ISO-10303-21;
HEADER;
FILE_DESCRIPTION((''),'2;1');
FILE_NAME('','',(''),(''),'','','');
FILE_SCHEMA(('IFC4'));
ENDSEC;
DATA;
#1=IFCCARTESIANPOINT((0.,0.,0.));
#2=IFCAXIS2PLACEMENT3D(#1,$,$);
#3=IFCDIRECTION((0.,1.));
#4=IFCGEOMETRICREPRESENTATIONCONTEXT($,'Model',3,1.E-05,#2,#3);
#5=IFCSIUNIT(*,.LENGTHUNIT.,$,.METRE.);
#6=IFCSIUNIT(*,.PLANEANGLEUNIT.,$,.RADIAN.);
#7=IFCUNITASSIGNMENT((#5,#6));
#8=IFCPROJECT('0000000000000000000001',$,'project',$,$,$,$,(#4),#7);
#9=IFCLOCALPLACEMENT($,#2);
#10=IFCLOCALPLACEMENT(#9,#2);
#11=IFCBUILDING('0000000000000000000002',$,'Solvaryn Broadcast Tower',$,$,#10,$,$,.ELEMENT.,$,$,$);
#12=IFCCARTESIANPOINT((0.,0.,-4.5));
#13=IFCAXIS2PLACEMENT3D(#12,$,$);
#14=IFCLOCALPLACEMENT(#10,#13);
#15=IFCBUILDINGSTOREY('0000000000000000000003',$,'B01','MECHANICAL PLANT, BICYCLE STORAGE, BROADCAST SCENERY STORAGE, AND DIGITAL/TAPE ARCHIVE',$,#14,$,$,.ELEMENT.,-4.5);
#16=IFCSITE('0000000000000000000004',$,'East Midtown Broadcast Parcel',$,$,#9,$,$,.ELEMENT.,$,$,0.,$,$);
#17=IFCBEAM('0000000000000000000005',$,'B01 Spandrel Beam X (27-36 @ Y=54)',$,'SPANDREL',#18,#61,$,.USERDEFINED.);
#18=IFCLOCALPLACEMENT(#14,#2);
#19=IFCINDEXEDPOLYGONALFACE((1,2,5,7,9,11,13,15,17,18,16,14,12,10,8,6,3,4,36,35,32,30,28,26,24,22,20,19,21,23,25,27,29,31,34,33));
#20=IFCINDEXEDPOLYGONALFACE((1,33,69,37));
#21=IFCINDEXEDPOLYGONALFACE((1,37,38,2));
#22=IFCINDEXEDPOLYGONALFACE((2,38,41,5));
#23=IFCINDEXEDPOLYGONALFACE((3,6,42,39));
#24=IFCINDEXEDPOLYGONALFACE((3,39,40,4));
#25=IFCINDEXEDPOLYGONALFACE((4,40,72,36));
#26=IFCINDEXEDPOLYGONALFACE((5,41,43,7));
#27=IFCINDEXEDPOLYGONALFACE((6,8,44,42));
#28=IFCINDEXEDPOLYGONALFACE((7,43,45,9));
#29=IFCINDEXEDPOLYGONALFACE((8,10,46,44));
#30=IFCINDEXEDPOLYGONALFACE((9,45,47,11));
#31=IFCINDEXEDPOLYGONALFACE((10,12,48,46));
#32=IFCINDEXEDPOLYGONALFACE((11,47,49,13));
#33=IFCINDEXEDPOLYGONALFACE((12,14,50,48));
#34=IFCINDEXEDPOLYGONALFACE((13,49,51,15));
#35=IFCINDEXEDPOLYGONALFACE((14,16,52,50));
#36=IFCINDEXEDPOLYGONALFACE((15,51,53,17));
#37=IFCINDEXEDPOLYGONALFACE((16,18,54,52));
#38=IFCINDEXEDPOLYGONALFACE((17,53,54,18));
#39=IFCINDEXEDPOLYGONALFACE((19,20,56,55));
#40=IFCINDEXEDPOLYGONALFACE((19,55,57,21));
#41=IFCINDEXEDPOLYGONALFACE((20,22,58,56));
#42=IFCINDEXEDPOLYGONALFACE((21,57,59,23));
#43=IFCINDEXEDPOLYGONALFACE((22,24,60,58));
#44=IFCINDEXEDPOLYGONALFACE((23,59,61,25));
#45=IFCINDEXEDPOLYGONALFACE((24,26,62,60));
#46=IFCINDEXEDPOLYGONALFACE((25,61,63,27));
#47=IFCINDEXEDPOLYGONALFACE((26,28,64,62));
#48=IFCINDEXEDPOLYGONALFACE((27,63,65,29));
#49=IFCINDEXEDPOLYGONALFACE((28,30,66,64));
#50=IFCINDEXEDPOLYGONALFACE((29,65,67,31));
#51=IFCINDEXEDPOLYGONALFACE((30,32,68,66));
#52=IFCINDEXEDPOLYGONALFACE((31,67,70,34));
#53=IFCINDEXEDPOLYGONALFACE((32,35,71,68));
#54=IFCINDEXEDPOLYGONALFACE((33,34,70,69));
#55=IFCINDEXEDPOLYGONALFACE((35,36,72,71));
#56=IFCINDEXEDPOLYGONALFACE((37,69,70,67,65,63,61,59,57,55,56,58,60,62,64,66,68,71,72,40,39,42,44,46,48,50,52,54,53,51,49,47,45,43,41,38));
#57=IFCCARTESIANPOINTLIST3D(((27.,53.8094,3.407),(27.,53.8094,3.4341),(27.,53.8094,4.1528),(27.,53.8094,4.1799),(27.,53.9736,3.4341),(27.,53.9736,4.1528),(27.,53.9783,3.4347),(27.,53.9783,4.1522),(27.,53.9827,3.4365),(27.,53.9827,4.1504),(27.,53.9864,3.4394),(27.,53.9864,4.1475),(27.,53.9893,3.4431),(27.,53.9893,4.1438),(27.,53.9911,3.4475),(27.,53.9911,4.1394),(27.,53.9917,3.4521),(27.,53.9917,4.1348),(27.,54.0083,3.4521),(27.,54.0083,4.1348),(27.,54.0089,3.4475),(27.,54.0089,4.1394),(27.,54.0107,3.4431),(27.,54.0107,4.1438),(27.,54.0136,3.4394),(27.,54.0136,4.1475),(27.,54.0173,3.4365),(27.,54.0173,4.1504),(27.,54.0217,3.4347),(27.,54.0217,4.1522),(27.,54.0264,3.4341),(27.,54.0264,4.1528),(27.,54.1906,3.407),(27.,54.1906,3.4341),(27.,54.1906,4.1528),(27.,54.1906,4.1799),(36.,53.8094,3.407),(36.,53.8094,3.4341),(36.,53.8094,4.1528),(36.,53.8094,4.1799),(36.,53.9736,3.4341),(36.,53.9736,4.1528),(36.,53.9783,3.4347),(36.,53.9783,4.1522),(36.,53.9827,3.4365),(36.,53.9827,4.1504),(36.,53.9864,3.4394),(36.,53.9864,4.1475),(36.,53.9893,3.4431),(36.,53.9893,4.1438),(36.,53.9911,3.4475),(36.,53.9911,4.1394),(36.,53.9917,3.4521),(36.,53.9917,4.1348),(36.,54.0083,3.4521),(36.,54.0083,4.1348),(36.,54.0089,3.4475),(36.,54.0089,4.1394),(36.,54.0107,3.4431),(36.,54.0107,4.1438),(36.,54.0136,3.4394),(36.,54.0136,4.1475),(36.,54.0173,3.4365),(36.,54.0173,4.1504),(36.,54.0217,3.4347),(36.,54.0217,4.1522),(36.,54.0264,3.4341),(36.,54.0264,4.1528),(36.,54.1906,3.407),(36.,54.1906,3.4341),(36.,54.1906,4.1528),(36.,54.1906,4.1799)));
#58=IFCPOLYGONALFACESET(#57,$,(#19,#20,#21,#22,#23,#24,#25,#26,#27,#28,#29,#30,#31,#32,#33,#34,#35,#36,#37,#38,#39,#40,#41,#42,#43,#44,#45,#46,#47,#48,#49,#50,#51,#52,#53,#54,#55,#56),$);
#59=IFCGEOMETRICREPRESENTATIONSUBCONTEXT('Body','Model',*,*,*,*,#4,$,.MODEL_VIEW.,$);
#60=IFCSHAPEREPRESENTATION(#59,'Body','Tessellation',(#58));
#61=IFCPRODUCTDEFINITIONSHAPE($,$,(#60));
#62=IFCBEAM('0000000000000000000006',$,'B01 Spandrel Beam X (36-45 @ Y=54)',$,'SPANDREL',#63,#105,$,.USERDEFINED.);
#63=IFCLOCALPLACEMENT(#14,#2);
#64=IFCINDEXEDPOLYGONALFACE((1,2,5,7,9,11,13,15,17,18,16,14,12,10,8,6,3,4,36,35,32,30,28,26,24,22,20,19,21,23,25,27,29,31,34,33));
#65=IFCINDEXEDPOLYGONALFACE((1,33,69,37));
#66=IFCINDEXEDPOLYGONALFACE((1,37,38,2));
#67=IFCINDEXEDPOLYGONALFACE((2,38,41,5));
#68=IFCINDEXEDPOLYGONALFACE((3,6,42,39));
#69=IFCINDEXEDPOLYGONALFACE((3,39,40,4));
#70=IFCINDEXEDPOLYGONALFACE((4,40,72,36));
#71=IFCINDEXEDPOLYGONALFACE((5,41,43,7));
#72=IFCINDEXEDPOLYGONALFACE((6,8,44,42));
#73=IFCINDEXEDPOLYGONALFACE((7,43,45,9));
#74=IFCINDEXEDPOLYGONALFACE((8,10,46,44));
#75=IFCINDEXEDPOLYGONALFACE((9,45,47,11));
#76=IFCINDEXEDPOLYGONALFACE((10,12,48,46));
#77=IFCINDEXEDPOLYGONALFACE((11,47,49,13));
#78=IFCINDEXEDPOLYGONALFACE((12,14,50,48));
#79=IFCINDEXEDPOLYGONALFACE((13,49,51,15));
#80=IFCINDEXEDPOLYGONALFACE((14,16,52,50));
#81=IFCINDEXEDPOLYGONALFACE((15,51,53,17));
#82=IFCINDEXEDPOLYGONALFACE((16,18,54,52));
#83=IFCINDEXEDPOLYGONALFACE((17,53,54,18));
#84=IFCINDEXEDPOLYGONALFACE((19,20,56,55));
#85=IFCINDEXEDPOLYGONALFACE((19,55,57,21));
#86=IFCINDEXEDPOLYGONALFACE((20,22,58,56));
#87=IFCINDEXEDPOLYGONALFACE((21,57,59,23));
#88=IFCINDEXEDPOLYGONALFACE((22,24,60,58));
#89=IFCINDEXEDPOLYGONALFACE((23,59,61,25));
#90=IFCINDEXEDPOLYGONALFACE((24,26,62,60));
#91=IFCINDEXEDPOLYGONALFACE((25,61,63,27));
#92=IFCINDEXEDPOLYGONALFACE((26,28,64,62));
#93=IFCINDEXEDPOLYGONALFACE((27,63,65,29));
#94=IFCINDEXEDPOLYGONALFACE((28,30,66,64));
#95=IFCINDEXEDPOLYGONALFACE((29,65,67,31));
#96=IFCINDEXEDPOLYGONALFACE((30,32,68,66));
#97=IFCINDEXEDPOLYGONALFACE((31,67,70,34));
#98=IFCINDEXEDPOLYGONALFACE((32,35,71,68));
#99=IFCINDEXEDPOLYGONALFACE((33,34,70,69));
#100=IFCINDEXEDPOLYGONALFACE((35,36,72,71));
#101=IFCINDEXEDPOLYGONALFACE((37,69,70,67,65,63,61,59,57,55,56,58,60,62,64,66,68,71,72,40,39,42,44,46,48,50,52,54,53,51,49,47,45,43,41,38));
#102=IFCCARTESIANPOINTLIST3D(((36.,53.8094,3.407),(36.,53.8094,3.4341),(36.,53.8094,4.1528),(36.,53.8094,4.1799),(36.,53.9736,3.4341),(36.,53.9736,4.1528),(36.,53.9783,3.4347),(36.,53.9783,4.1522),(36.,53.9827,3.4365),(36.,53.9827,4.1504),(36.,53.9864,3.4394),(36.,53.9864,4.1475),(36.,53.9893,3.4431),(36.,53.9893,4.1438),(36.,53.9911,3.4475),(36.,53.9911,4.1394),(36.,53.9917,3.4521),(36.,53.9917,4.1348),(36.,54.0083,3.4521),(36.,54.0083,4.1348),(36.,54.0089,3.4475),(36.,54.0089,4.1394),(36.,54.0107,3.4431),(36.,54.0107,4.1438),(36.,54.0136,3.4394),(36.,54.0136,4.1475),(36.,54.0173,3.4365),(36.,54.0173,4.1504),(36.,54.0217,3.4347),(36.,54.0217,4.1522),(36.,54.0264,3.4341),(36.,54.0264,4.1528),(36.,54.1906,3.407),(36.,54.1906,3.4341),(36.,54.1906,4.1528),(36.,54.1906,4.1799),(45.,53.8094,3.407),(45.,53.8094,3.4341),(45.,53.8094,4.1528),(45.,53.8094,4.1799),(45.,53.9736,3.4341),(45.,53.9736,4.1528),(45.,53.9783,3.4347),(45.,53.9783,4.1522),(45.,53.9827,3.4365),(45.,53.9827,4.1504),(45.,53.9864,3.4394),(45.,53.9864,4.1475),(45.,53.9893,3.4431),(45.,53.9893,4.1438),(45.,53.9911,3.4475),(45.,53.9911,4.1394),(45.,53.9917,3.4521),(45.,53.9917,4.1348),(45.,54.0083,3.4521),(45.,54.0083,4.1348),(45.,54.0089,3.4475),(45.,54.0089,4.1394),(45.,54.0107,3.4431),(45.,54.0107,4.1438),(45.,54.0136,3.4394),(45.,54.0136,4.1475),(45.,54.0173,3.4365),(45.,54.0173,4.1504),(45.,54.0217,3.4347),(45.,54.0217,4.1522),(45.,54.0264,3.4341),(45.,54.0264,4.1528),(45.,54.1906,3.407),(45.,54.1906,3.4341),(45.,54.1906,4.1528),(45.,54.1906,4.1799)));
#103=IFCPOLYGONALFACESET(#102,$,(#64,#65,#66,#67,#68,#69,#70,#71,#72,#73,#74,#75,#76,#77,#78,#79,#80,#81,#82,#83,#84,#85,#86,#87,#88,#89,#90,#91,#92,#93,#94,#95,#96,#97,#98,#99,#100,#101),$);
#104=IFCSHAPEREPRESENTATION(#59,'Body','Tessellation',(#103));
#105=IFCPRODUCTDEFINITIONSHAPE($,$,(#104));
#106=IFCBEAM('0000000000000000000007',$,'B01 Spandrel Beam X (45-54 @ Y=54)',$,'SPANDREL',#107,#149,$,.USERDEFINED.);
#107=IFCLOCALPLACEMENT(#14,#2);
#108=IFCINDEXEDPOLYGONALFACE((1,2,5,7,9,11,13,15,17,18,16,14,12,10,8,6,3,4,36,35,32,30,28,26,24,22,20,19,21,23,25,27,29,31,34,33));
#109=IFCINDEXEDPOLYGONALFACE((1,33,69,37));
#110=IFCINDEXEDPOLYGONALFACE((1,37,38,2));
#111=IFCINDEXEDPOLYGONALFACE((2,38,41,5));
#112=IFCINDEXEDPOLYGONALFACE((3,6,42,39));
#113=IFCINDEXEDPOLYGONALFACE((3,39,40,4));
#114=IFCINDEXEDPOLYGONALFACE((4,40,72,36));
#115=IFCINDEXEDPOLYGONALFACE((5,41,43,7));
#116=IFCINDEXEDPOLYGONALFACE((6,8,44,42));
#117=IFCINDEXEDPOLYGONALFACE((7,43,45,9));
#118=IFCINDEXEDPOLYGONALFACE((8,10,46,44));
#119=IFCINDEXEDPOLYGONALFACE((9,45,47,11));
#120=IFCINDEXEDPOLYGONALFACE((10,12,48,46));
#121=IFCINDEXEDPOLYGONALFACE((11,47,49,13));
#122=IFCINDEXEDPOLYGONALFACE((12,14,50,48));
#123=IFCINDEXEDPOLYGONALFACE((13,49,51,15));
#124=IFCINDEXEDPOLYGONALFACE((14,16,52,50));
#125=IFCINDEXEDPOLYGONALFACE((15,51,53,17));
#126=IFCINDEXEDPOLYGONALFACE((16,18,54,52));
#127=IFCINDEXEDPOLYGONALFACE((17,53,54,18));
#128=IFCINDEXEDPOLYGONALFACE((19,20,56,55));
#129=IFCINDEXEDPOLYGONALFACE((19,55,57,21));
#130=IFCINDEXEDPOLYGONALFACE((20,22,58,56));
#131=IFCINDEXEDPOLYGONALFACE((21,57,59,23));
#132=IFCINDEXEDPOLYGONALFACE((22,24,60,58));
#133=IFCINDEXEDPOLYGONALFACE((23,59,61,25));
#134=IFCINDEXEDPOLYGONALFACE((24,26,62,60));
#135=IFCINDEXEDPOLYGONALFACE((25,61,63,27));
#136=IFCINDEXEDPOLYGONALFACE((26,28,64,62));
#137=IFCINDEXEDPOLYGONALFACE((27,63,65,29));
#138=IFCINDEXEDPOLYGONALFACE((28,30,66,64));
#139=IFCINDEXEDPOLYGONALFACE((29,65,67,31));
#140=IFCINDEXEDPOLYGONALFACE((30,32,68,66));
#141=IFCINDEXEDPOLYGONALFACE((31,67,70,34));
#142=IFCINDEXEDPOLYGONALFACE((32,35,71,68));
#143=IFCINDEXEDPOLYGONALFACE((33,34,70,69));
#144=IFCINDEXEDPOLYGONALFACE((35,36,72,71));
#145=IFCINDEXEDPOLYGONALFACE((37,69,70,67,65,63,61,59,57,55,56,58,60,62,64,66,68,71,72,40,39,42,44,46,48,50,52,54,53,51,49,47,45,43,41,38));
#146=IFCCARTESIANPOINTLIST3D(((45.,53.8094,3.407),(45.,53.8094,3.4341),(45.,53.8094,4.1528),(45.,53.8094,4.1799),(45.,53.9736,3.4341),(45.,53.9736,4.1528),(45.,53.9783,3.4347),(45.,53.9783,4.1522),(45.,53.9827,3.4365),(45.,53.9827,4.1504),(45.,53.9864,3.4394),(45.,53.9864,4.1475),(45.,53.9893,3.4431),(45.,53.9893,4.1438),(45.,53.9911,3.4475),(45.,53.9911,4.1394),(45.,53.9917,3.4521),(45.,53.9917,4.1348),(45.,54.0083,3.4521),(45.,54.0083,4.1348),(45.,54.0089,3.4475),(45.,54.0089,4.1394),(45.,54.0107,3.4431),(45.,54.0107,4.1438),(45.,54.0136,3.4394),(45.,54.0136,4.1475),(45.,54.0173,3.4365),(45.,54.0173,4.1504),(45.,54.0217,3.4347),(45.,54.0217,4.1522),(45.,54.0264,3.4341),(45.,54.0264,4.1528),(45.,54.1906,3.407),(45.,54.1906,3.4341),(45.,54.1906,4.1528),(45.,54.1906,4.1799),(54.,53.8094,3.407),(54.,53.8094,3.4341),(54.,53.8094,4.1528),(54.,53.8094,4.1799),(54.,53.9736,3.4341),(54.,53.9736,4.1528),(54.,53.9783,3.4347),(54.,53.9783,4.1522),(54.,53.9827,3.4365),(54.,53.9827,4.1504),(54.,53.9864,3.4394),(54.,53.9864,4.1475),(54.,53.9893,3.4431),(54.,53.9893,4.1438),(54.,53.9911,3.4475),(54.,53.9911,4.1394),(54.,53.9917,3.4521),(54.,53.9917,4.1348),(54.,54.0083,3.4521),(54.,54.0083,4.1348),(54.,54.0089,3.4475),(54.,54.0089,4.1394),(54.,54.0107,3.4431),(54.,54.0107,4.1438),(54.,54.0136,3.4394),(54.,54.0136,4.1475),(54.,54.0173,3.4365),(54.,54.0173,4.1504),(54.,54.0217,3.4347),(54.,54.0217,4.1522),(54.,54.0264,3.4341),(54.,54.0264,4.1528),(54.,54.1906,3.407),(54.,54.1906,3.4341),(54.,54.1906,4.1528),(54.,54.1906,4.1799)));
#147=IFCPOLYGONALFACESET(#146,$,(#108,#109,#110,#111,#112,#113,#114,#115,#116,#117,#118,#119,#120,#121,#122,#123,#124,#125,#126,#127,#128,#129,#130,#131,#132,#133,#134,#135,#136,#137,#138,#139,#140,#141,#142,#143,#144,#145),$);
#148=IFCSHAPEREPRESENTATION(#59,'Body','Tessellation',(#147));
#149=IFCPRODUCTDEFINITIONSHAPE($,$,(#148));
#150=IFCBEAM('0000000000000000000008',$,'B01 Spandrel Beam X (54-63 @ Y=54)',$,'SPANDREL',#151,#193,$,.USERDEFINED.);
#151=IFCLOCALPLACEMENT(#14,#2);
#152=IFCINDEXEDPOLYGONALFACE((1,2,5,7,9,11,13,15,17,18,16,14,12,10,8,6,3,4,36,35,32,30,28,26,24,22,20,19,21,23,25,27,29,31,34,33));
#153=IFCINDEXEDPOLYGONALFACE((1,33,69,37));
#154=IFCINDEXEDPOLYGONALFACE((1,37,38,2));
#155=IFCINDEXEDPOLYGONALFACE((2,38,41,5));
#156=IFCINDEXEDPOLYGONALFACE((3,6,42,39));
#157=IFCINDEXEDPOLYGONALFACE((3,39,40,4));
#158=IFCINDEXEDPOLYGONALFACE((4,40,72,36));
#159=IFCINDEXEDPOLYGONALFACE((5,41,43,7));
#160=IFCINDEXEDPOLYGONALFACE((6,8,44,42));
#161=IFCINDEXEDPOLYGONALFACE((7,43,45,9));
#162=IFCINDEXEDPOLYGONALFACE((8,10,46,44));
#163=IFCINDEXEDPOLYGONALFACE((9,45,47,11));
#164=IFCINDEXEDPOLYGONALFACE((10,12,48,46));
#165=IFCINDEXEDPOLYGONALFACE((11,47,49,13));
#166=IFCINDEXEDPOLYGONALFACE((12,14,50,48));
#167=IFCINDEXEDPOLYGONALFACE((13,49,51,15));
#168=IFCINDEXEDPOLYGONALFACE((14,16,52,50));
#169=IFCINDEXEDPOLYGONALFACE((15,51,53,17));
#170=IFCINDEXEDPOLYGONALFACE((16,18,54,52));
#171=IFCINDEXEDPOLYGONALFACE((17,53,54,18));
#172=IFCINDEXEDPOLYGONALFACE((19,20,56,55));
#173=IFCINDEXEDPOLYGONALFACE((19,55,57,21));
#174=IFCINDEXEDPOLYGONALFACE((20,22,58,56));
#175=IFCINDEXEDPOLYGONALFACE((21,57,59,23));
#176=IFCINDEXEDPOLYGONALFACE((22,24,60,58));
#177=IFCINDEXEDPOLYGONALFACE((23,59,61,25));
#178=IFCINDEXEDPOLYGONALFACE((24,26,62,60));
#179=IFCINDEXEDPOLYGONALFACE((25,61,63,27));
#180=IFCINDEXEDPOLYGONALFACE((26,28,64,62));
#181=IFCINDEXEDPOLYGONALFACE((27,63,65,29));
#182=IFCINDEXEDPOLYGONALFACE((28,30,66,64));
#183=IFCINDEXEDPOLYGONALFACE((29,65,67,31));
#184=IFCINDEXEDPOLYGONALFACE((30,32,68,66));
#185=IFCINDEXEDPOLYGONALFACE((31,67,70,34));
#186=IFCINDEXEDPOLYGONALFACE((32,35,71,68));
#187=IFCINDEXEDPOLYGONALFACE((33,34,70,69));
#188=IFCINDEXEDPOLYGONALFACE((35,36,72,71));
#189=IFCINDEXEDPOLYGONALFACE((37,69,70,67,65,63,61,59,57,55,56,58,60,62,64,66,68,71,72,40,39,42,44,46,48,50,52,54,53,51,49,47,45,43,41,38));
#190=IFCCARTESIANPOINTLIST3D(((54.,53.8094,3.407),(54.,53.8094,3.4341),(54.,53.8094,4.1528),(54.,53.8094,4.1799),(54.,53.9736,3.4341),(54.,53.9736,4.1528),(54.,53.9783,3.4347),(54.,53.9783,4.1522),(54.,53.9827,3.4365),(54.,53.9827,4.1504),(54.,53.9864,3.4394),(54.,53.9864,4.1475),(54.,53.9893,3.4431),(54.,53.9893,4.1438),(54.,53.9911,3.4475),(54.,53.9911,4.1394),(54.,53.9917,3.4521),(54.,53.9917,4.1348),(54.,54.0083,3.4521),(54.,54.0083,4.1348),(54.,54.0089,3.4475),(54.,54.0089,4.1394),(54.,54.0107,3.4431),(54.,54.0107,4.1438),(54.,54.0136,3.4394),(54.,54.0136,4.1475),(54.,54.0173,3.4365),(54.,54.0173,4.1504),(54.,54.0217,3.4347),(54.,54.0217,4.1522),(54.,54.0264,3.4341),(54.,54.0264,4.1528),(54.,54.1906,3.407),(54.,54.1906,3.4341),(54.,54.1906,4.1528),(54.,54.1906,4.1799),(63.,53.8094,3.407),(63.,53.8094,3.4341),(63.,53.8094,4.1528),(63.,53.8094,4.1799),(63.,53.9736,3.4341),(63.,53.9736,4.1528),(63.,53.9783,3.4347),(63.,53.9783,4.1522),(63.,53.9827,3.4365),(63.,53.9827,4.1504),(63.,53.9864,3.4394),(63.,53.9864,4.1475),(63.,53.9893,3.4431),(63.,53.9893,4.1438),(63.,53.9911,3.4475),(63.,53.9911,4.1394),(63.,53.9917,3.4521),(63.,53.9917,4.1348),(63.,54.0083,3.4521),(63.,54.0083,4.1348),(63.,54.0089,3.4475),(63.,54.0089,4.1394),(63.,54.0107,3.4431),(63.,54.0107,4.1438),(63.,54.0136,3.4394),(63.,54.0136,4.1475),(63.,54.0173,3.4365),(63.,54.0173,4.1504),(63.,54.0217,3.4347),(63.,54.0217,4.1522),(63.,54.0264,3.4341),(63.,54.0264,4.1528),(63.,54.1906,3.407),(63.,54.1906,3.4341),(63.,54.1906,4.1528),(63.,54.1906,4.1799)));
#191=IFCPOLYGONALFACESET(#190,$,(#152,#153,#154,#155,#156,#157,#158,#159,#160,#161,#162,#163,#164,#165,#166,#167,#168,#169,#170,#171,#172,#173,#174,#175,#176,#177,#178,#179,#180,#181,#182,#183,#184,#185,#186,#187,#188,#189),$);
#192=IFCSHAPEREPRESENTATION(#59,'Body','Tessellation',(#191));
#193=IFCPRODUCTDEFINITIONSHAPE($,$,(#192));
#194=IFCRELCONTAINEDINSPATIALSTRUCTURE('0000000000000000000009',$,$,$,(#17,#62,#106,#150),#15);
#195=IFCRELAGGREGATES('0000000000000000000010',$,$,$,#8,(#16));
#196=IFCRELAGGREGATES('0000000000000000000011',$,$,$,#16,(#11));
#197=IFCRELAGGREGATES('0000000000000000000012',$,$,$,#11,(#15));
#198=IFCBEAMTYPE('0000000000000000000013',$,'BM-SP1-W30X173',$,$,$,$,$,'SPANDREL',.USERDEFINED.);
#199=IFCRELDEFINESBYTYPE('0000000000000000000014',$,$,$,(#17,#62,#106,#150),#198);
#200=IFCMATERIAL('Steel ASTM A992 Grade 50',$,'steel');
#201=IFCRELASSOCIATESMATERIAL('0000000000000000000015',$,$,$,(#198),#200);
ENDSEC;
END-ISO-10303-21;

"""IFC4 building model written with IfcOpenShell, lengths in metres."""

from ifc_helpers import new_model, si_unit, direction, frame, origin, origin_2d, place, context, subcontext, project, spatial, i_section, extrude, material, material_profile, profile_set, type_object, element, save


model = new_model("IFC4")

# Units and contexts
model_context = context("Model", 3, precision=1e-05, world=origin(), true_north=direction((0.0, 1.0)))
body_context = subcontext(model_context, "Body", "Model", "MODEL_VIEW")
ifc_project = project(units=[si_unit("LENGTHUNIT", "METRE"), si_unit("PLANEANGLEUNIT", "RADIAN")], contexts=[model_context])

# Site, building, storey
site_placement = place(None, origin())
site = spatial("IfcSite", under=ifc_project, at=site_placement, Name="East Midtown Broadcast Parcel", CompositionType="ELEMENT", RefElevation=0.0)
building_placement = place(site_placement, origin())
building = spatial("IfcBuilding", under=site, at=building_placement, Name="Solvaryn Broadcast Tower", CompositionType="ELEMENT")
storey_placement = place(building_placement, frame((0.0, 0.0, -4.5)))
storey = spatial("IfcBuildingStorey", under=building, at=storey_placement, Name="B01", Description="MECHANICAL PLANT, BICYCLE STORAGE, BROADCAST SCENERY STORAGE, AND DIGITAL/TAPE ARCHIVE", CompositionType="ELEMENT", Elevation=-4.5)

# Beams
ifc_material_1 = material(Name="Steel ASTM A992 Grade 50", Category="steel")
ifc_material_profile_1 = material_profile(ifc_material_1, i_section(OverallWidth=0.3811, OverallDepth=0.7729, WebThickness=0.0166, FlangeThickness=0.0271, FilletRadius=0.0181, at=origin_2d()))
ifc_profile_set_1 = profile_set([ifc_material_profile_1], Name="Steel ASTM A992 Grade 50")
beam_type_1 = type_object("IfcBeamType", Name="BM-SP1-W30X173", ElementType="SPANDREL", PredefinedType="USERDEFINED", material=ifc_profile_set_1)
for number, where, z_axis, x_axis, name in (
    (1, (27.0, 54.0, 3.7935), (1.0, 0.0, 0.0), (0.0, 1.0, 0.0), "B01 Spandrel Beam X (27-36 @ Y=54)"),
    (2, (36.0, 54.0, 3.7935), (1.0, 0.0, 0.0), (0.0, 1.0, 0.0), "B01 Spandrel Beam X (36-45 @ Y=54)"),
    (3, (45.0, 54.0, 3.7935), (1.0, 0.0, 0.0), (0.0, 1.0, 0.0), "B01 Spandrel Beam X (45-54 @ Y=54)"),
    (4, (54.0, 54.0, 3.7935), (1.0, 0.0, 0.0), (0.0, 1.0, 0.0), "B01 Spandrel Beam X (54-63 @ Y=54)"),
):
    element("IfcBeam", number, at=place(storey_placement, frame(where, z_axis=z_axis, x_axis=x_axis)), inside=storey, type_object=beam_type_1, Name=name, ObjectType="SPANDREL", PredefinedType="USERDEFINED", context=body_context, shape_type="SweptSolid", body=[
        extrude(i_section(OverallWidth=0.3811, OverallDepth=0.7729, WebThickness=0.0166, FlangeThickness=0.0271, FilletRadius=0.0181, at=origin_2d()), origin(), (0.0, 0.0, 1.0), 9.0),
    ])

save(model, "model.ifc")
